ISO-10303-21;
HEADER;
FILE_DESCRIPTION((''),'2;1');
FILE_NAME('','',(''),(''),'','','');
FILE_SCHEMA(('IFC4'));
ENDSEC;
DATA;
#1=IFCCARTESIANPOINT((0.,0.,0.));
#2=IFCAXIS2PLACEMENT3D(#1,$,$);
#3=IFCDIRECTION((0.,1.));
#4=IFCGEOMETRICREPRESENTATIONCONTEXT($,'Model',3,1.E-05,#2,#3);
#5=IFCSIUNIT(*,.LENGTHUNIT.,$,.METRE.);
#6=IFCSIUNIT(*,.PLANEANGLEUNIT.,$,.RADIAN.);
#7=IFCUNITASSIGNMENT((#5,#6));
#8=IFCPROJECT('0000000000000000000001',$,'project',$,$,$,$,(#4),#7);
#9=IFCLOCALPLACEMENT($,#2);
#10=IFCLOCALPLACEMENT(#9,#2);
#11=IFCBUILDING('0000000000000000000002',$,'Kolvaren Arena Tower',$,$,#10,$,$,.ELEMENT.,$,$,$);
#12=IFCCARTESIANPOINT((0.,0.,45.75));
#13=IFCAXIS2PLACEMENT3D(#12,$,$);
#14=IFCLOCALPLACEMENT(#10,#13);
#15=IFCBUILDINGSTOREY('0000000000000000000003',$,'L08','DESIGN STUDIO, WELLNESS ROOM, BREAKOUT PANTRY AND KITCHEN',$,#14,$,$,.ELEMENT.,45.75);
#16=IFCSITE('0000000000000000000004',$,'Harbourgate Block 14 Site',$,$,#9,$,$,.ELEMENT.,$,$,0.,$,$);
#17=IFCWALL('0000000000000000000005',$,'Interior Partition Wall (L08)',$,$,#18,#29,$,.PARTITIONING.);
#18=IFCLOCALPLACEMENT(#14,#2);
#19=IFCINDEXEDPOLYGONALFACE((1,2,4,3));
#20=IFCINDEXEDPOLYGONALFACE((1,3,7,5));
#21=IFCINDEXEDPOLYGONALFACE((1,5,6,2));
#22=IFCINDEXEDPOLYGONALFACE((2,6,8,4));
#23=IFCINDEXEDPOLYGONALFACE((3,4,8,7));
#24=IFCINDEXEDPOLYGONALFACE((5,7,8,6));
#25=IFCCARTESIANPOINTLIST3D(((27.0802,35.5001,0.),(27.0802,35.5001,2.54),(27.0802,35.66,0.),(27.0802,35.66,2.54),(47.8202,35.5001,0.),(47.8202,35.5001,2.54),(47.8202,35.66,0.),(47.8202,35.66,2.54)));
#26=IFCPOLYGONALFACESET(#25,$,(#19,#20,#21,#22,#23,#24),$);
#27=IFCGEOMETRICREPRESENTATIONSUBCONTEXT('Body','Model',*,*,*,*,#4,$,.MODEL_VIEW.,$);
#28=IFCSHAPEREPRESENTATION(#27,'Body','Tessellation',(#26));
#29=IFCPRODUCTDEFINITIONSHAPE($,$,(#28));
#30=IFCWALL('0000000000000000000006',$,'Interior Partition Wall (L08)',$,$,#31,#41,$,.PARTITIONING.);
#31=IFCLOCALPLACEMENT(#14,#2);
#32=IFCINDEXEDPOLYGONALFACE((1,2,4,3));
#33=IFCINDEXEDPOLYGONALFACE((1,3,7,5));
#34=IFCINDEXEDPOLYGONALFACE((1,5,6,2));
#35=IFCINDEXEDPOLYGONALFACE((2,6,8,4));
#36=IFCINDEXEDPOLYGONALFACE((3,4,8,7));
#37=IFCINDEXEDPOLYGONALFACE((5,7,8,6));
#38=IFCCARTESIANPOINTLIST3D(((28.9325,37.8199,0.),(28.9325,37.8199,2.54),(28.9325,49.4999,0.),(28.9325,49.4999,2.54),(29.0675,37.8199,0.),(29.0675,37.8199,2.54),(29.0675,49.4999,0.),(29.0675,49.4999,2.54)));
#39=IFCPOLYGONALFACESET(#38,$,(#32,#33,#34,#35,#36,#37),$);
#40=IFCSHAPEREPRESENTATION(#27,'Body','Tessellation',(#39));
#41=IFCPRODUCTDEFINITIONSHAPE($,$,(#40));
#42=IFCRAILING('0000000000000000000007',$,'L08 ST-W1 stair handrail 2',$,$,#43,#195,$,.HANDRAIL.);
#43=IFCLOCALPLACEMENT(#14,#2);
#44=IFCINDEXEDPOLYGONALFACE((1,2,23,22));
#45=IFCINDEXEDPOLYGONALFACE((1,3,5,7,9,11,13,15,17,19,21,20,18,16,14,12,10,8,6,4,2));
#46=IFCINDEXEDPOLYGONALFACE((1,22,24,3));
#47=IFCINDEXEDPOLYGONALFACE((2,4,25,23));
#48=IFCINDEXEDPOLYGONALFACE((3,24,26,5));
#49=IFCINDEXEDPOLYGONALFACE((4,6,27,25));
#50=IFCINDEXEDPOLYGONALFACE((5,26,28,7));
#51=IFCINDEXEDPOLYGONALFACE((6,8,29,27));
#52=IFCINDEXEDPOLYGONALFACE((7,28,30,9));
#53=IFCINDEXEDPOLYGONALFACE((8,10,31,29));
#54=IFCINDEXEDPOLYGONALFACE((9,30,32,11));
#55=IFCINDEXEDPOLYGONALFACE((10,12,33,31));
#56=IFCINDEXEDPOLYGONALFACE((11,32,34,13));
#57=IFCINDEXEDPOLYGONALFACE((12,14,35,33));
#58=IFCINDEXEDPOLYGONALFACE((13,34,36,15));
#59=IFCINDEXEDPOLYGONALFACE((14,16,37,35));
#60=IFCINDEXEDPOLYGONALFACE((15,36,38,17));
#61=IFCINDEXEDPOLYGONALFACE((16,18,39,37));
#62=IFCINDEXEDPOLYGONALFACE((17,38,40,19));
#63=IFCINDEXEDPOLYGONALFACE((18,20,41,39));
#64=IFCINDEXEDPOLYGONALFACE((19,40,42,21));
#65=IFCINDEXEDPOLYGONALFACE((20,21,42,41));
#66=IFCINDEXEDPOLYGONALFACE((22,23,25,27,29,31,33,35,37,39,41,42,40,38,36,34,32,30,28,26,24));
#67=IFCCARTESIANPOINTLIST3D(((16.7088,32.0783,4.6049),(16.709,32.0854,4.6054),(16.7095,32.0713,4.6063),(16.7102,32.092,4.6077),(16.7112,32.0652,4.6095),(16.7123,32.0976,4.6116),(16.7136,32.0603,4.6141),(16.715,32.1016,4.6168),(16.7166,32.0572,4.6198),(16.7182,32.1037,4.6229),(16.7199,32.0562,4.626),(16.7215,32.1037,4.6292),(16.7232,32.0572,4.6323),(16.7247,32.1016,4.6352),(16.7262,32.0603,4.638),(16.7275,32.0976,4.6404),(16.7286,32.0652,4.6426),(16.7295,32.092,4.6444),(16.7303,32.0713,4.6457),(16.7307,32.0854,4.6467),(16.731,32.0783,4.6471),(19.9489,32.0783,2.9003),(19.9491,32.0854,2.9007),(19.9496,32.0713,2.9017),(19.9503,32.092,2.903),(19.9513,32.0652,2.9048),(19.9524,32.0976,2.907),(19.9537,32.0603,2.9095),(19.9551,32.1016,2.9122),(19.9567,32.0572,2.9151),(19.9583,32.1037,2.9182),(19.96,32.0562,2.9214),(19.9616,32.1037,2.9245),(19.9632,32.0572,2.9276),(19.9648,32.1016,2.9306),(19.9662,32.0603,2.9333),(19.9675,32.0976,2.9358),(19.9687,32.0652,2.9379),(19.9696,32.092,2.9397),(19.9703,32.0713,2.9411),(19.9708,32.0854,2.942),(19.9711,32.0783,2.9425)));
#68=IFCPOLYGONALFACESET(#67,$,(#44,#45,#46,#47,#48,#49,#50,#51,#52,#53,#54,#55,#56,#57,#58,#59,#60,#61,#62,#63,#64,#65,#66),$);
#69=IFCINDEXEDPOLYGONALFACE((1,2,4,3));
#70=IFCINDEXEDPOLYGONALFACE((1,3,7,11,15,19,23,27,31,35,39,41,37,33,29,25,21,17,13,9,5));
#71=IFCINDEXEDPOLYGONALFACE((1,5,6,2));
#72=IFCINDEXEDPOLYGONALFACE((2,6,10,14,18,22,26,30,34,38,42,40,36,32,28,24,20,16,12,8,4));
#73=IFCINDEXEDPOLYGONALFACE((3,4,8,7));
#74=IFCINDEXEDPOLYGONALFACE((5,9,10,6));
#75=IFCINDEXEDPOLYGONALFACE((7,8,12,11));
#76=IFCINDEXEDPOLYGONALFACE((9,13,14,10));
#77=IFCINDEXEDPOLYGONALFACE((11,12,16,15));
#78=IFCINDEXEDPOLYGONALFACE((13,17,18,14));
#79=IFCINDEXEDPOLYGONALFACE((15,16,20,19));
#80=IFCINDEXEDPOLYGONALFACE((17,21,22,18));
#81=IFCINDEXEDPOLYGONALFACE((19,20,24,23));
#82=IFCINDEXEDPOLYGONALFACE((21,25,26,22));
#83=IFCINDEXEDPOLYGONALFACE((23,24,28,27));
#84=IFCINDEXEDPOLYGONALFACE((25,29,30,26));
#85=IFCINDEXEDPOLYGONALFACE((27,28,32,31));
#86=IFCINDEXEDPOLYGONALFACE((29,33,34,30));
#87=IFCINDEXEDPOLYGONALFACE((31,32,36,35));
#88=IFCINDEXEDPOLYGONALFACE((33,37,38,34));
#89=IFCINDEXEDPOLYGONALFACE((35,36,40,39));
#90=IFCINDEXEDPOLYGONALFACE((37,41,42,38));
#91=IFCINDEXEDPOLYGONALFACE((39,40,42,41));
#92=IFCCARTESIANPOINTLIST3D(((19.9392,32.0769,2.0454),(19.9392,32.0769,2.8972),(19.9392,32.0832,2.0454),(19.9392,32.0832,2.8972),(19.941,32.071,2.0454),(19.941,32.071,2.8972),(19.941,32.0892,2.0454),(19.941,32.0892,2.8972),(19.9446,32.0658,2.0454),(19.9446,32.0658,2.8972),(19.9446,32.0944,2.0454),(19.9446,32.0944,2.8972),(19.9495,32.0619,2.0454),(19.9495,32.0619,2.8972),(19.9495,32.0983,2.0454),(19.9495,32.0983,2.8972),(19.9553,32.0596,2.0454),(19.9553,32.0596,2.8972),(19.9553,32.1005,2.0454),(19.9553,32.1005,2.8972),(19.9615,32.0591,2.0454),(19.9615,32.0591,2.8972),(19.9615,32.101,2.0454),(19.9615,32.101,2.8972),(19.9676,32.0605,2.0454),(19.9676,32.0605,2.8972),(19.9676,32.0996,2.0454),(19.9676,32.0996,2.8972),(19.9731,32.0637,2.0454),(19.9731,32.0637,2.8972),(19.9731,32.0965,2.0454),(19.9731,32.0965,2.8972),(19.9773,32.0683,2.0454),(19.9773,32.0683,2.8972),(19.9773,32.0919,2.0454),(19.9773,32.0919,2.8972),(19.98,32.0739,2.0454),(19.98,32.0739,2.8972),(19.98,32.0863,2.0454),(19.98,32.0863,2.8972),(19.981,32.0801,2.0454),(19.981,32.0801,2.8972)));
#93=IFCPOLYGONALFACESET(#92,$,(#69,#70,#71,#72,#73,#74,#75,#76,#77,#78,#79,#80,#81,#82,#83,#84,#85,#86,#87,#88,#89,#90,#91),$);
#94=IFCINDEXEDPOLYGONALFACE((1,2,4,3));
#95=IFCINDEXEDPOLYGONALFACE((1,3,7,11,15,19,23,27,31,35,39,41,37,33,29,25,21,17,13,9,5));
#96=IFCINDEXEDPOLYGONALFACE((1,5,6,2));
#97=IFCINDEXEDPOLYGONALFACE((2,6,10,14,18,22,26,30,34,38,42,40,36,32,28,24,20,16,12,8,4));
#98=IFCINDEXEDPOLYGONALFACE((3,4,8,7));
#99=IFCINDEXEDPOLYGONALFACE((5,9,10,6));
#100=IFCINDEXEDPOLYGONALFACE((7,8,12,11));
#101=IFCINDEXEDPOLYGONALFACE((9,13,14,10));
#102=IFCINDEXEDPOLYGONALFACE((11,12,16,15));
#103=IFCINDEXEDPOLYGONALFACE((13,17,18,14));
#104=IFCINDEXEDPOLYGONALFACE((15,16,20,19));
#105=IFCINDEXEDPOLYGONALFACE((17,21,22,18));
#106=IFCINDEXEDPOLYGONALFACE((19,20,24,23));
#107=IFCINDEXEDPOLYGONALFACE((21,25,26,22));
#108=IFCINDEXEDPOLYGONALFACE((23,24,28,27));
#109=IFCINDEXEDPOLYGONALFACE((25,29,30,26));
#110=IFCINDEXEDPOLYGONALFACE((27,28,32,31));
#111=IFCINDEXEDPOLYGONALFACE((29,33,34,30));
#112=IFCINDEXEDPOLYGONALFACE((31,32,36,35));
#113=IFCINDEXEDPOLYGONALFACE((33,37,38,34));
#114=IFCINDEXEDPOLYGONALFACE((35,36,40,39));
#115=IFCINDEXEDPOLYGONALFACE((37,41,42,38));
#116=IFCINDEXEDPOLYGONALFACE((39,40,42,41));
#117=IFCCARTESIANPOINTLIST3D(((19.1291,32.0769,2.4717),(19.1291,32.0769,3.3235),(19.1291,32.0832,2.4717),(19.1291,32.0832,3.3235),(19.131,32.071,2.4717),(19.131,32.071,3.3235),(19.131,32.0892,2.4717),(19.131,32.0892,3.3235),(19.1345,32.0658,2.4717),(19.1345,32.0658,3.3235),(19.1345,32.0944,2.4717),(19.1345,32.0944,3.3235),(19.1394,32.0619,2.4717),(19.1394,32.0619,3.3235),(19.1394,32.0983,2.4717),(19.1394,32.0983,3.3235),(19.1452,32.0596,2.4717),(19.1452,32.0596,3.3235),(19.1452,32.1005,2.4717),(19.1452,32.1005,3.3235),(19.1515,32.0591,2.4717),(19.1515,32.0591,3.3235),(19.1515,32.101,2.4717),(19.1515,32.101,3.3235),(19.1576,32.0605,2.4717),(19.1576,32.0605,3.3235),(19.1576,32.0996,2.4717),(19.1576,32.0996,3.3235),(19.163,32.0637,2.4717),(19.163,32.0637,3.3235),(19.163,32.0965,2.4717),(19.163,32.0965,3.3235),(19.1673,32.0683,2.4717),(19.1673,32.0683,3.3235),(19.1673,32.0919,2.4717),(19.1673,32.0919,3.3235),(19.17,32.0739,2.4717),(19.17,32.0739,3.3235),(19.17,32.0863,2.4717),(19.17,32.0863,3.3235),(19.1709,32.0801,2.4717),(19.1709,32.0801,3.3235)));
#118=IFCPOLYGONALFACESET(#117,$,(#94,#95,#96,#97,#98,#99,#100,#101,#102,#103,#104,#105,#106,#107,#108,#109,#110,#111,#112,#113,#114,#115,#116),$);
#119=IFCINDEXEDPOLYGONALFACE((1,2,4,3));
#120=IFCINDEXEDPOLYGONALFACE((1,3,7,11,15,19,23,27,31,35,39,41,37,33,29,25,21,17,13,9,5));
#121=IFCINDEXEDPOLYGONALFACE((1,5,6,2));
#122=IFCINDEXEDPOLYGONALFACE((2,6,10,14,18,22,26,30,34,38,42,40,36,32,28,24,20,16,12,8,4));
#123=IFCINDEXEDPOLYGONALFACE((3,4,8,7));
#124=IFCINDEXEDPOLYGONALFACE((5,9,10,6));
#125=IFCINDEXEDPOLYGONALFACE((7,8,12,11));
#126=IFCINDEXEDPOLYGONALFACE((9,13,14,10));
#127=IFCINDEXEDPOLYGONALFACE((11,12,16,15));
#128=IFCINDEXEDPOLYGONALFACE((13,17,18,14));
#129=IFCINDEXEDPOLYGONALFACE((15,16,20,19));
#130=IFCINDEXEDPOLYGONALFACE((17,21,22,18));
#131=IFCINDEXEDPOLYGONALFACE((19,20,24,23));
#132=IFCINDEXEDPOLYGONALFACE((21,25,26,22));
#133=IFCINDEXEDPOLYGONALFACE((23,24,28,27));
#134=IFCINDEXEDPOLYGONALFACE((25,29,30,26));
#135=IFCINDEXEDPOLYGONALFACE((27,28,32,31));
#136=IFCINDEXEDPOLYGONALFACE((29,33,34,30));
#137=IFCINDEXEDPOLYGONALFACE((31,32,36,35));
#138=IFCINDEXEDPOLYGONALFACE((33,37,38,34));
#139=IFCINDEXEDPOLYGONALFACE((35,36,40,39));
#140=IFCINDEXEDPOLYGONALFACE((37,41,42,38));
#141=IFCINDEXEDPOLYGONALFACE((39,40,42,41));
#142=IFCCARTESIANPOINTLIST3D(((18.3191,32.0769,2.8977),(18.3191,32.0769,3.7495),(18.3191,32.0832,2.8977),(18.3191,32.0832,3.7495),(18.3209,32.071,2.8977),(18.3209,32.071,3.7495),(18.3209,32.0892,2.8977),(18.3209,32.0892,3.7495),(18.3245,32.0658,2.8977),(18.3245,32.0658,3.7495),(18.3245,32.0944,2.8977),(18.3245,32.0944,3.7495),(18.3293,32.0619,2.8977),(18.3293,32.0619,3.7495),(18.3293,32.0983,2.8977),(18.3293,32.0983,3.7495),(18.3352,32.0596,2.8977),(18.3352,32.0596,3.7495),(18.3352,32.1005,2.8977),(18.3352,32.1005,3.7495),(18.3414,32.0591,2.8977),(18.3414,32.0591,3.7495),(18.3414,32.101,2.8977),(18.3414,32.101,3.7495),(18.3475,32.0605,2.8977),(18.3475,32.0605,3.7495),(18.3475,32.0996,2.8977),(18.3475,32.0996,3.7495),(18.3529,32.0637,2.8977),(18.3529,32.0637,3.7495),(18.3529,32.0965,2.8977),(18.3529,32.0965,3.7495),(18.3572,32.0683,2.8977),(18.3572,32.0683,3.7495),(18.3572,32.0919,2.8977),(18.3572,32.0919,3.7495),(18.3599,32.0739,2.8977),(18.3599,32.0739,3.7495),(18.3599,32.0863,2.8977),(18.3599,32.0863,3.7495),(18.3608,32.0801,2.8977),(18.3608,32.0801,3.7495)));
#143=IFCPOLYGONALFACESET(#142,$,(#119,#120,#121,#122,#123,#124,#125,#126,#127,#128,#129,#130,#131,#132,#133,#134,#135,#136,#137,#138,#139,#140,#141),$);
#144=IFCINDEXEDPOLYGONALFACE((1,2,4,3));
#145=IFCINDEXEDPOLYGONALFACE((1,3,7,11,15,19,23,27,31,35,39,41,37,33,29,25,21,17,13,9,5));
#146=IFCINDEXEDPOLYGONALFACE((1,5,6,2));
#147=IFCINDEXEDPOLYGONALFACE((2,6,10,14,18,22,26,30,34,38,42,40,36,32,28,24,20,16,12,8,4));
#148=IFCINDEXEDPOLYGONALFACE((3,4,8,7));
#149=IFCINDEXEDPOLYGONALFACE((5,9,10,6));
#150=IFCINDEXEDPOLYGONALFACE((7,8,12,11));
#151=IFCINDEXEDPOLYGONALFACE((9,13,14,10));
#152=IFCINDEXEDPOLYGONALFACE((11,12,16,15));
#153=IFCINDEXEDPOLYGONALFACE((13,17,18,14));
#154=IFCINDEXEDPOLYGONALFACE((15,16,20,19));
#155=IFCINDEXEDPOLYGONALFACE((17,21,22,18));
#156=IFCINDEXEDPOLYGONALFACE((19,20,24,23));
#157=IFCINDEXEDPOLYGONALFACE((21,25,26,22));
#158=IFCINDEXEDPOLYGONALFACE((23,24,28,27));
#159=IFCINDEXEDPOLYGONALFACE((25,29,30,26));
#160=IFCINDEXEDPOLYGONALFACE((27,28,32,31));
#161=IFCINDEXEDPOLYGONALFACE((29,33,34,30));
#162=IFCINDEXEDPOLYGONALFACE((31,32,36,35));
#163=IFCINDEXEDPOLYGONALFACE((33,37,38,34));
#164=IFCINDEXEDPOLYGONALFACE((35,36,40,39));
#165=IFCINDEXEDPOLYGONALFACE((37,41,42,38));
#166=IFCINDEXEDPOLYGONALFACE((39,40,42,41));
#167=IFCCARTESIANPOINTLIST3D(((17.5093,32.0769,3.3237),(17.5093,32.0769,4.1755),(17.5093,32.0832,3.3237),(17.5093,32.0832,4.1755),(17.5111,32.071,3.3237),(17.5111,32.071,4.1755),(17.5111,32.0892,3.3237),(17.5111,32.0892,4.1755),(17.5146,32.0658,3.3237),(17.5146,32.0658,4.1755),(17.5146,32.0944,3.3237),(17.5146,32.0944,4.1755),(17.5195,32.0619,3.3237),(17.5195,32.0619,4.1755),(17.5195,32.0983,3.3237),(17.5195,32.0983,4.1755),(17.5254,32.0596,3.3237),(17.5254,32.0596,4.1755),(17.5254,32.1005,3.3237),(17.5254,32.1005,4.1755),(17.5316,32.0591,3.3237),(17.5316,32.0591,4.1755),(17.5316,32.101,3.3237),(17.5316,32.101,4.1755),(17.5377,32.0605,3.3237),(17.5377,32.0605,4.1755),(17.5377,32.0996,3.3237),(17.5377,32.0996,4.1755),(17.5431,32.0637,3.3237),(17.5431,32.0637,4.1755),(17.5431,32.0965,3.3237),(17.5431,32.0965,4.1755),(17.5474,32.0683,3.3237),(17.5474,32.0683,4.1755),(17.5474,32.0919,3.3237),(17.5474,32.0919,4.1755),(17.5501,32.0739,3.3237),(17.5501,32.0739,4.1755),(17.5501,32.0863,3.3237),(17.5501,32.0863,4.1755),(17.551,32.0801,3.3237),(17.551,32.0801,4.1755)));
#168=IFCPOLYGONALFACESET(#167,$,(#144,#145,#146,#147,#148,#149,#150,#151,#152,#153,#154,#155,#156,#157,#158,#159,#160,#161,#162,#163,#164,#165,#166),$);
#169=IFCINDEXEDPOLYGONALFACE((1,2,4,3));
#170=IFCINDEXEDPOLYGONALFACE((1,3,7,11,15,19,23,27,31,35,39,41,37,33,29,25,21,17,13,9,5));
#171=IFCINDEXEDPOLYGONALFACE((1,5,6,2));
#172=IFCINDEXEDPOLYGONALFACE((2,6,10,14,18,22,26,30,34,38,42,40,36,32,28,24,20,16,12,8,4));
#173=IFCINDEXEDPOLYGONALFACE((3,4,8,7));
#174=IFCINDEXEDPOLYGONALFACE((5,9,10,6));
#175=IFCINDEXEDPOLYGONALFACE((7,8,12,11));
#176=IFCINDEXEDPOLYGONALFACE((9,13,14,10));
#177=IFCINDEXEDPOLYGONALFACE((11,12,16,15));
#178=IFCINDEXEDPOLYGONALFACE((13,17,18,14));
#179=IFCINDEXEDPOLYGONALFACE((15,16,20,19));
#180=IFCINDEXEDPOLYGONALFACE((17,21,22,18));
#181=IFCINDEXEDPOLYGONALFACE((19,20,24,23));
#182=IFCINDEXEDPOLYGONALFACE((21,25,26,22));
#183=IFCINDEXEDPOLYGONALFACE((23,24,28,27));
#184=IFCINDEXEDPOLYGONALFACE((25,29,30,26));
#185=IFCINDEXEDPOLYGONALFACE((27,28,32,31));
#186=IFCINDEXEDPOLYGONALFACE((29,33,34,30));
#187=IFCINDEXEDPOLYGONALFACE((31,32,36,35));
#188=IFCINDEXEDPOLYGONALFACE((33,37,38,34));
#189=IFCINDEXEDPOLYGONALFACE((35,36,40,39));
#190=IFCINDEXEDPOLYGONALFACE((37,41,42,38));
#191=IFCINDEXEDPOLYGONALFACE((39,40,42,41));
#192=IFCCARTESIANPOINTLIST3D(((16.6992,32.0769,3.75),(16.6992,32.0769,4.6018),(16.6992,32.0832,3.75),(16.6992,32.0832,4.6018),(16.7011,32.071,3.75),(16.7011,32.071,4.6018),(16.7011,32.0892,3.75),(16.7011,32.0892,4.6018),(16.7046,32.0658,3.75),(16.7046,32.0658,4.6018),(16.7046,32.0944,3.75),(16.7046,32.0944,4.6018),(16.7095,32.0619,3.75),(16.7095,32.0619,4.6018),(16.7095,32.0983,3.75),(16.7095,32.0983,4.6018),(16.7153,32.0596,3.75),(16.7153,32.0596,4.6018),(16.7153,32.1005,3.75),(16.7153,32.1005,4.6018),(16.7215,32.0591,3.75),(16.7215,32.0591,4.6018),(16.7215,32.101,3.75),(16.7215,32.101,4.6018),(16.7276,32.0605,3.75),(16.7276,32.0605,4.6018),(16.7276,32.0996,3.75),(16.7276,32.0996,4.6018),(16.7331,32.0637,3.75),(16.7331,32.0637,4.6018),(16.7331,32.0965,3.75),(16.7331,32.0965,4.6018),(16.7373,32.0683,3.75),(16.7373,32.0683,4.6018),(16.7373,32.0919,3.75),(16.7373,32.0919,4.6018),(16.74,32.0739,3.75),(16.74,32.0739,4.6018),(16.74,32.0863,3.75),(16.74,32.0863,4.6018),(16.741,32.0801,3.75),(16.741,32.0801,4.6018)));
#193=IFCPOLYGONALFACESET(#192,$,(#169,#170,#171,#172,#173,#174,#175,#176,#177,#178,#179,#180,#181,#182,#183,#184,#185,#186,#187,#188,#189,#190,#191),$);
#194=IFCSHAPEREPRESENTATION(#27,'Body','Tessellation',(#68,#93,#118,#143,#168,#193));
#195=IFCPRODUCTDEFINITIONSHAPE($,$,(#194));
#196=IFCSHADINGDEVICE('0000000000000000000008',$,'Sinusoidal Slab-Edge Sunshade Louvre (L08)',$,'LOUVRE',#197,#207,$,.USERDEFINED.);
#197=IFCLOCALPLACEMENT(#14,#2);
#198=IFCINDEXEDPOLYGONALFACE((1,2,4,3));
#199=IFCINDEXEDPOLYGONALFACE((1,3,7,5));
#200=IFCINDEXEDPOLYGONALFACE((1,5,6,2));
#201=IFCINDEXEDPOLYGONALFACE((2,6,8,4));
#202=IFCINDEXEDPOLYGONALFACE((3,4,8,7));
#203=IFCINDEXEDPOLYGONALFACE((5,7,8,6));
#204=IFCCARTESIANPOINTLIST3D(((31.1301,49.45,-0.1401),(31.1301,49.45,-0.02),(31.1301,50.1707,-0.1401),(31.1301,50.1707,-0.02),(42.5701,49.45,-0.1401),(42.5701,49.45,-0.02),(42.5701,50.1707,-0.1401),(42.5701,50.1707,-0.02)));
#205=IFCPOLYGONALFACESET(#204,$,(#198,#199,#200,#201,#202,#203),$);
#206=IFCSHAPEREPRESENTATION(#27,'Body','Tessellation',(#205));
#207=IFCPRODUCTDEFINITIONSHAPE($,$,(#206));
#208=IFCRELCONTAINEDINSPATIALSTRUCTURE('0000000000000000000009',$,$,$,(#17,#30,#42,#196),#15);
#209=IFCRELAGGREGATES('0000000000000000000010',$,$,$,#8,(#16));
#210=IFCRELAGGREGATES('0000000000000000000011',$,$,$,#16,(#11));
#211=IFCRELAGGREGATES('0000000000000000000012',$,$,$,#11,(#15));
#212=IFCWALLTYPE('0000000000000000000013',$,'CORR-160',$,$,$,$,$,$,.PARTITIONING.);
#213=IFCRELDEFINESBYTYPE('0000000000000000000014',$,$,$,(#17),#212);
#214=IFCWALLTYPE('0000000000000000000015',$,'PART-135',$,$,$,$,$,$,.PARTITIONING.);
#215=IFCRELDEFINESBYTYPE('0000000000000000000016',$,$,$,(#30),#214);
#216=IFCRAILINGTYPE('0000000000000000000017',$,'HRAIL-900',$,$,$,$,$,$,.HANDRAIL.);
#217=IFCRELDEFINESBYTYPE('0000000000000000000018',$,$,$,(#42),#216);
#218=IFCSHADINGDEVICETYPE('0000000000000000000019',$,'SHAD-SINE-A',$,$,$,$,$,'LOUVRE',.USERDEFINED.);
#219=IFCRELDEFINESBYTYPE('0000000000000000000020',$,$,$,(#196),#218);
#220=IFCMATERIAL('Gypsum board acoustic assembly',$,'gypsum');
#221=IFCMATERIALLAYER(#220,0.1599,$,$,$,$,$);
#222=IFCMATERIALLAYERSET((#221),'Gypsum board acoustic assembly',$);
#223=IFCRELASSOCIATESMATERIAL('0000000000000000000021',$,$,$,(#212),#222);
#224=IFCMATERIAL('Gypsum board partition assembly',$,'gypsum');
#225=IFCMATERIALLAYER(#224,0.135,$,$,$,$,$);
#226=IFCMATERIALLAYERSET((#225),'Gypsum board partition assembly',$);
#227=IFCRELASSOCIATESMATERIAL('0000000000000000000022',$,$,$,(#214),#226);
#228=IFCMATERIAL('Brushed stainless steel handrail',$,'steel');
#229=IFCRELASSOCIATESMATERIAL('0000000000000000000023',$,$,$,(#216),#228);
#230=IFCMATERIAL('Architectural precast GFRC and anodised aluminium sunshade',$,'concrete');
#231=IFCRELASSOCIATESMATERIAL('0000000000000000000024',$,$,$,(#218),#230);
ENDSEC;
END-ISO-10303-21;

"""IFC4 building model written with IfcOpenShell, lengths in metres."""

from ifc_helpers import new_model, si_unit, direction, frame, frame_2d, origin, origin_2d, place, context, subcontext, project, spatial, rectangle, circle, extrude, material, layer, layer_set, type_object, element, save


model = new_model("IFC4")

# Units and contexts
model_context = context("Model", 3, precision=1e-05, world=origin(), true_north=direction((0.0, 1.0)))
body_context = subcontext(model_context, "Body", "Model", "MODEL_VIEW")
ifc_project = project(units=[si_unit("LENGTHUNIT", "METRE"), si_unit("PLANEANGLEUNIT", "RADIAN")], contexts=[model_context])

# Site, building, storey
site_placement = place(None, origin())
site = spatial("IfcSite", under=ifc_project, at=site_placement, Name="Harbourgate Block 14 Site", CompositionType="ELEMENT", RefElevation=0.0)
building_placement = place(site_placement, origin())
building = spatial("IfcBuilding", under=site, at=building_placement, Name="Kolvaren Arena Tower", CompositionType="ELEMENT")
storey_placement = place(building_placement, frame((0.0, 0.0, 45.75)))
storey = spatial("IfcBuildingStorey", under=building, at=storey_placement, Name="L08", Description="DESIGN STUDIO, WELLNESS ROOM, BREAKOUT PANTRY AND KITCHEN", CompositionType="ELEMENT", Elevation=45.75)

# Shared definitions
ifc_material_1 = material(Name="Gypsum board acoustic assembly", Category="gypsum")
ifc_layer_1 = layer(ifc_material_1, 0.1599)
ifc_layer_set_1 = layer_set([ifc_layer_1], Name="Gypsum board acoustic assembly")
wall_type_1 = type_object("IfcWallType", Name="CORR-160", PredefinedType="PARTITIONING", material=ifc_layer_set_1)

# Walls
wall_1_placement = place(storey_placement, frame((27.0801, 35.5801, 0.0), z_axis=(0.0, 0.0, 1.0), x_axis=(1.0, 0.0, 0.0)))
element("IfcWall", 1, at=wall_1_placement, inside=storey, type_object=wall_type_1, Name="Interior Partition Wall (L08)", PredefinedType="PARTITIONING", context=body_context, shape_type="SweptSolid", body=[
    extrude(rectangle(XDim=20.74, YDim=0.1599, at=frame_2d((10.3701, 0.0))), origin(), (0.0, 0.0, 1.0), 2.54),
])
ifc_material_2 = material(Name="Gypsum board partition assembly", Category="gypsum")
ifc_layer_2 = layer(ifc_material_2, 0.135)
ifc_layer_set_2 = layer_set([ifc_layer_2], Name="Gypsum board partition assembly")
wall_type_2 = type_object("IfcWallType", Name="PART-135", PredefinedType="PARTITIONING", material=ifc_layer_set_2)
wall_2_placement = place(storey_placement, frame((29.0, 37.8201, 0.0), z_axis=(0.0, 0.0, 1.0), x_axis=(0.0, 1.0, 0.0)))
element("IfcWall", 2, at=wall_2_placement, inside=storey, type_object=wall_type_2, Name="Interior Partition Wall (L08)", PredefinedType="PARTITIONING", context=body_context, shape_type="SweptSolid", body=[
    extrude(rectangle(XDim=11.6799, YDim=0.135, at=frame_2d((5.8398, 0.0))), origin(), (0.0, 0.0, 1.0), 2.54),
])

# Railing
ifc_material_3 = material(Name="Brushed stainless steel handrail", Category="steel")
railing_type = type_object("IfcRailingType", Name="HRAIL-900", PredefinedType="HANDRAIL", material=ifc_material_3)
railing_placement = place(storey_placement, frame((19.96, 32.0801, 2.0454)))
element("IfcRailing", 3, at=railing_placement, inside=storey, type_object=railing_type, Name="L08 ST-W1 stair handrail 2", PredefinedType="HANDRAIL", context=body_context, shape_type="SweptSolid", body=[
    extrude(circle(Radius=0.0239, at=origin_2d()), frame((0.0, 0.0, 0.876), z_axis=(-0.884993, 0.0, 0.465604), x_axis=(0.0, -1.0, 0.0)), (0.0, 0.0, 1.0), 3.6611),
    extrude(circle(Radius=0.021, at=origin_2d()), origin(), (0.0, 0.0, 1.0), 0.8518),
    extrude(circle(Radius=0.021, at=origin_2d()), frame((-0.8101, 0.0, 0.4263)), (0.0, 0.0, 1.0), 0.8518),
    extrude(circle(Radius=0.021, at=origin_2d()), frame((-1.6201, 0.0, 0.8523)), (0.0, 0.0, 1.0), 0.8518),
    extrude(circle(Radius=0.021, at=origin_2d()), frame((-2.4299, 0.0, 1.2783)), (0.0, 0.0, 1.0), 0.8518),
    extrude(circle(Radius=0.021, at=origin_2d()), frame((-3.24, 0.0, 1.7046)), (0.0, 0.0, 1.0), 0.8518),
])

# Shading device
ifc_material_4 = material(Name="Architectural precast GFRC and anodised aluminium sunshade", Category="concrete")
shading_device_type_1 = type_object("IfcShadingDeviceType", Name="SHAD-SINE-A", ElementType="LOUVRE", PredefinedType="USERDEFINED", material=ifc_material_4)
shading_device_1_placement = place(storey_placement, frame((36.8501, 49.8103, -0.1401), z_axis=(0.0, 0.0, 1.0), x_axis=(1.0, 0.0, 0.0)))
element("IfcShadingDevice", 4, at=shading_device_1_placement, inside=storey, type_object=shading_device_type_1, Name="Sinusoidal Slab-Edge Sunshade Louvre (L08)", ObjectType="LOUVRE", PredefinedType="USERDEFINED", context=body_context, shape_type="SweptSolid", body=[
    extrude(rectangle(XDim=11.4399, YDim=0.7207, at=origin_2d()), origin(), (0.0, 0.0, 1.0), 0.1201),
])

save(model, "model.ifc")
